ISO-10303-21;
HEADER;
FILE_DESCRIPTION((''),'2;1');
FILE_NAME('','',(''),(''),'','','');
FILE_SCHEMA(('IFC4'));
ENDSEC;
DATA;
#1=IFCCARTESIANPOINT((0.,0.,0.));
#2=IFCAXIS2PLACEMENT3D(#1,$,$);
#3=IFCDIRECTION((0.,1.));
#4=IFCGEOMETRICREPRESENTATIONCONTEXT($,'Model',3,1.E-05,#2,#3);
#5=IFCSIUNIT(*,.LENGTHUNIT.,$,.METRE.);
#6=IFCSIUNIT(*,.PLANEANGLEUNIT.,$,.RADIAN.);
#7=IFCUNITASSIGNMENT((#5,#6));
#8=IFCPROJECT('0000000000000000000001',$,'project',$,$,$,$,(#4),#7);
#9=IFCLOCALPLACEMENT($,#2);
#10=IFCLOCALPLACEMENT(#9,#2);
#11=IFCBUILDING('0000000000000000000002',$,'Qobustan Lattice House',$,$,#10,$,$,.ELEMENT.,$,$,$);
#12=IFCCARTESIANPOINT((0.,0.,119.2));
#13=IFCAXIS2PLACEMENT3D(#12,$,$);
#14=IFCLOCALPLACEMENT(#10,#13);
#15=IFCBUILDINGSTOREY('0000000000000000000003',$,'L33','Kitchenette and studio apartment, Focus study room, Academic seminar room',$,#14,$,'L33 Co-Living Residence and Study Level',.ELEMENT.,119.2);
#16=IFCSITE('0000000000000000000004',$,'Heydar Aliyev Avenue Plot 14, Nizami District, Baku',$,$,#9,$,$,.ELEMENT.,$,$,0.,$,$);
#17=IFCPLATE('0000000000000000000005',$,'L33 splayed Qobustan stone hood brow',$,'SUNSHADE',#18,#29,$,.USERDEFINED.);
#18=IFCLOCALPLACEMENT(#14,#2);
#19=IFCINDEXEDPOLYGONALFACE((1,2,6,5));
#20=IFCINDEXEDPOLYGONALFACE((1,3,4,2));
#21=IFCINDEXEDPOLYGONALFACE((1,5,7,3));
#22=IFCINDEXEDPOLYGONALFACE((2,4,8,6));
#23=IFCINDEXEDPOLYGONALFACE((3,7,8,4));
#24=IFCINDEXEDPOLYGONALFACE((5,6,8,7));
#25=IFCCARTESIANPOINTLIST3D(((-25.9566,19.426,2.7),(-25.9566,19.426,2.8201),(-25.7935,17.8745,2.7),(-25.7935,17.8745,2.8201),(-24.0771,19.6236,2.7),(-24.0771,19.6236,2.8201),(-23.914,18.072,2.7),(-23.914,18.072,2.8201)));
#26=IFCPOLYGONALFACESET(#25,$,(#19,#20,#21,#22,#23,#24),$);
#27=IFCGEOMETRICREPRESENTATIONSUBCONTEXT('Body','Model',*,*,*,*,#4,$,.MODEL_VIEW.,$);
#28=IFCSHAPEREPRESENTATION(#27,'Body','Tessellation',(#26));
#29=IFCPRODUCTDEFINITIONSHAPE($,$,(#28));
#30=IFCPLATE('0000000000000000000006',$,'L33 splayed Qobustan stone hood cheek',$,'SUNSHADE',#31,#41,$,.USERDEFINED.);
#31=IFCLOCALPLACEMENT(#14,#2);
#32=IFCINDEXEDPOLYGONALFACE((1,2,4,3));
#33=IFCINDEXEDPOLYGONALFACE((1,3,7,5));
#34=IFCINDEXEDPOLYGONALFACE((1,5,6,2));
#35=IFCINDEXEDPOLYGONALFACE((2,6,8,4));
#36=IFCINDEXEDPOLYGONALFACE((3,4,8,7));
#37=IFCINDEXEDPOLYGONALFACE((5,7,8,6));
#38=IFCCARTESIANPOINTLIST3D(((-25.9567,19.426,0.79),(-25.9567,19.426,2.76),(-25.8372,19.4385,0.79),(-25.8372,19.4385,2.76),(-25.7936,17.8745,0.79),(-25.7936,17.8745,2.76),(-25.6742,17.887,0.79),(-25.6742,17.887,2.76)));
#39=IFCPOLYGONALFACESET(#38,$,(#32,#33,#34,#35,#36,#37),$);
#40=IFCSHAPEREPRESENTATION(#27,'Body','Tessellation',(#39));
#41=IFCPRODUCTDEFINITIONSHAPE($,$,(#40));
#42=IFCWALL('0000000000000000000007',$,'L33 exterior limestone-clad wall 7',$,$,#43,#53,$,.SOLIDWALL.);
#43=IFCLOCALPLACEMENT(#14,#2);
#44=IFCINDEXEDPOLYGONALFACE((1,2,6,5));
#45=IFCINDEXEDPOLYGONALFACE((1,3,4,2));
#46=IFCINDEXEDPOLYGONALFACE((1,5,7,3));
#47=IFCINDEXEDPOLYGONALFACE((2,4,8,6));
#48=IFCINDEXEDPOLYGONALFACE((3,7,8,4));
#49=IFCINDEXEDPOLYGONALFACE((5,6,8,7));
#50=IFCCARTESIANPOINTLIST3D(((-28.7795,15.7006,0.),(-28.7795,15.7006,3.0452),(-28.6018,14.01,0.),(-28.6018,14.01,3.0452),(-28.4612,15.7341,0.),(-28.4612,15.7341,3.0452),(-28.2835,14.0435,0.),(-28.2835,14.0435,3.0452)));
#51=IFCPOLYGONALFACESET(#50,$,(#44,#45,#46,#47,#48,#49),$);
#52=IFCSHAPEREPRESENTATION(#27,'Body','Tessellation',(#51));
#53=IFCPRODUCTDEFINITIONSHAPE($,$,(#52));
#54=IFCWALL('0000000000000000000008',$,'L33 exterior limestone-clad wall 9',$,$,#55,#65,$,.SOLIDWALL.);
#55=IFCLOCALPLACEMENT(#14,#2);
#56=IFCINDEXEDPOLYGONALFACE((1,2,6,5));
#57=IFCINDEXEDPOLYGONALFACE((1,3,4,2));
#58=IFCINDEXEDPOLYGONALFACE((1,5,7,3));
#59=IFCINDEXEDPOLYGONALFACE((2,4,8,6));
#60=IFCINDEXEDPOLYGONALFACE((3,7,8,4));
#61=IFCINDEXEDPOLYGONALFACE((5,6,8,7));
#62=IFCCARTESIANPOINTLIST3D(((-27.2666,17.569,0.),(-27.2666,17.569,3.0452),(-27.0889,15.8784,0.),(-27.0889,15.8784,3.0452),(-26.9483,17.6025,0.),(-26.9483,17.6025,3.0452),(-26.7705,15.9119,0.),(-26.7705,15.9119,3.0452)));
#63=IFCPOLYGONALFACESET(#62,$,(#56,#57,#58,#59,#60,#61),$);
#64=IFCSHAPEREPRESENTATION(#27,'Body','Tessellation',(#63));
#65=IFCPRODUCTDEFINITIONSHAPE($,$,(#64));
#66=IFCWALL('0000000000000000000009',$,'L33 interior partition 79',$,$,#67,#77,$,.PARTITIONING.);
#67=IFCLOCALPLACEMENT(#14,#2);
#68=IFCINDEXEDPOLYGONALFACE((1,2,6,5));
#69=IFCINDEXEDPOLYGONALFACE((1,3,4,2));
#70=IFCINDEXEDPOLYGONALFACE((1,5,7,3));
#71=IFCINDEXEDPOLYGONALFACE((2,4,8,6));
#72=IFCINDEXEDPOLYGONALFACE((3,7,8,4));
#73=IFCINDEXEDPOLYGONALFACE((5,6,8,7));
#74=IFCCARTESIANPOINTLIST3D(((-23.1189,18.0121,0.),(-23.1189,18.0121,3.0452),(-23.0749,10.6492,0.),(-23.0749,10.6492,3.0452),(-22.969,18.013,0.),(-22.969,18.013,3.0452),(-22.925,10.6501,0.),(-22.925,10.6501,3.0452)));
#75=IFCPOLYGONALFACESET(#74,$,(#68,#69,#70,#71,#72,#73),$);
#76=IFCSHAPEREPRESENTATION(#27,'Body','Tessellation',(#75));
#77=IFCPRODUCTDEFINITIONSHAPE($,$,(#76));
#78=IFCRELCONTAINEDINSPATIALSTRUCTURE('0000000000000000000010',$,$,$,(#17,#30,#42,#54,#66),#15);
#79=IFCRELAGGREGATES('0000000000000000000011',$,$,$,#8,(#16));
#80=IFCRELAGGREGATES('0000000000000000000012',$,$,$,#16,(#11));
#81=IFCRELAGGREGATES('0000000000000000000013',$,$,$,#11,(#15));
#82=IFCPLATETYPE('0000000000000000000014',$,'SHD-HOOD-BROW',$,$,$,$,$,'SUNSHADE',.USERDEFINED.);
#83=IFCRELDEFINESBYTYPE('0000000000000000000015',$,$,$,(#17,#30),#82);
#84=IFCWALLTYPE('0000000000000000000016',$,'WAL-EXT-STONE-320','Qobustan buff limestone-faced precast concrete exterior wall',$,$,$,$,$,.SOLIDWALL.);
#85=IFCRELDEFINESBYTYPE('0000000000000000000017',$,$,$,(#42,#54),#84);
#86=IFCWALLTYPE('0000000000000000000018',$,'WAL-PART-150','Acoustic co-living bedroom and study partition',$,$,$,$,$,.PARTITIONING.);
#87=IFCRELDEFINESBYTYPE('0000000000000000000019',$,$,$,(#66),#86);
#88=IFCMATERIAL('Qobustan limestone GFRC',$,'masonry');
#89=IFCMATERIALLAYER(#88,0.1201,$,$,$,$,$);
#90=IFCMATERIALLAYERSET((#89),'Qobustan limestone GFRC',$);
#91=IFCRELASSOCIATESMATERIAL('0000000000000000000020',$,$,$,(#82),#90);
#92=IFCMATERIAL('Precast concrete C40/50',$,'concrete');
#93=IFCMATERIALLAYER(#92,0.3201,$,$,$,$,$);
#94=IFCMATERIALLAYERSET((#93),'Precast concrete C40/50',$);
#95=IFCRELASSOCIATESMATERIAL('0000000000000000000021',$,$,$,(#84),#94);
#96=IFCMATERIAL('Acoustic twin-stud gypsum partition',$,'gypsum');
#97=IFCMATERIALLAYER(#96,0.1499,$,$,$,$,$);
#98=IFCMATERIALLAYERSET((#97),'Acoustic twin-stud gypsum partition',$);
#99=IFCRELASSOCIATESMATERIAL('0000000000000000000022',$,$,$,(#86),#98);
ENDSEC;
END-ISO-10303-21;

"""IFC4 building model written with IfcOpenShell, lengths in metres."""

from ifc_helpers import new_model, si_unit, direction, frame, frame_2d, origin, origin_2d, place, context, subcontext, project, spatial, rectangle, extrude, material, layer, layer_set, type_object, element, save


model = new_model("IFC4")

# Units and contexts
model_context = context("Model", 3, precision=1e-05, world=origin(), true_north=direction((0.0, 1.0)))
body_context = subcontext(model_context, "Body", "Model", "MODEL_VIEW")
ifc_project = project(units=[si_unit("LENGTHUNIT", "METRE"), si_unit("PLANEANGLEUNIT", "RADIAN")], contexts=[model_context])

# Site, building, storey
site_placement = place(None, origin())
site = spatial("IfcSite", under=ifc_project, at=site_placement, Name="Heydar Aliyev Avenue Plot 14, Nizami District, Baku", CompositionType="ELEMENT", RefElevation=0.0)
building_placement = place(site_placement, origin())
building = spatial("IfcBuilding", under=site, at=building_placement, Name="Qobustan Lattice House", CompositionType="ELEMENT")
storey_placement = place(building_placement, frame((0.0, 0.0, 119.2)))
storey = spatial("IfcBuildingStorey", under=building, at=storey_placement, Name="L33", Description="Kitchenette and studio apartment, Focus study room, Academic seminar room", LongName="L33 Co-Living Residence and Study Level", CompositionType="ELEMENT", Elevation=119.2)

# Plates
ifc_material_1 = material(Name="Qobustan limestone GFRC", Category="masonry")
ifc_layer_1 = layer(ifc_material_1, 0.1201)
ifc_layer_set_1 = layer_set([ifc_layer_1], Name="Qobustan limestone GFRC")
plate_type_1 = type_object("IfcPlateType", Name="SHD-HOOD-BROW", ElementType="SUNSHADE", PredefinedType="USERDEFINED", material=ifc_layer_set_1)
plate_1_placement = place(storey_placement, frame((-24.9353, 18.749, 2.7), z_axis=(0.0, 0.0, 1.0), x_axis=(0.994522, 0.104528, 0.0)))
element("IfcPlate", 1, at=plate_1_placement, inside=storey, type_object=plate_type_1, Name="L33 splayed Qobustan stone hood brow", ObjectType="SUNSHADE", PredefinedType="USERDEFINED", context=body_context, shape_type="SweptSolid", body=[
    extrude(rectangle(XDim=1.8899, YDim=1.5601, at=origin_2d()), origin(), (0.0, 0.0, 1.0), 0.1201),
])
plate_2_placement = place(storey_placement, frame((-25.8154, 18.6565, 0.79), z_axis=(0.0, 0.0, 1.0), x_axis=(0.994522, 0.104528, 0.0)))
element("IfcPlate", 2, at=plate_2_placement, inside=storey, type_object=plate_type_1, Name="L33 splayed Qobustan stone hood cheek", ObjectType="SUNSHADE", PredefinedType="USERDEFINED", context=body_context, shape_type="SweptSolid", body=[
    extrude(rectangle(XDim=0.1201, YDim=1.5601, at=origin_2d()), origin(), (0.0, 0.0, 1.0), 1.97),
])

# Walls
ifc_material_2 = material(Name="Precast concrete C40/50", Category="concrete")
ifc_layer_2 = layer(ifc_material_2, 0.3201)
ifc_layer_set_2 = layer_set([ifc_layer_2], Name="Precast concrete C40/50")
wall_type_1 = type_object("IfcWallType", Name="WAL-EXT-STONE-320", Description="Qobustan buff limestone-faced precast concrete exterior wall", PredefinedType="SOLIDWALL", material=ifc_layer_set_2)
for number, where, z_axis, x_axis, name in (
    (3, (-28.4426, 14.0266, 0.0), (0.0, 0.0, 1.0), (-0.10455, 0.99452, 0.0), "L33 exterior limestone-clad wall 7"),
    (4, (-26.9297, 15.895, 0.0), (0.0, 0.0, 1.0), (-0.10455, 0.99452, 0.0), "L33 exterior limestone-clad wall 9"),
):
    element("IfcWall", number, at=place(storey_placement, frame(where, z_axis=z_axis, x_axis=x_axis)), inside=storey, type_object=wall_type_1, Name=name, PredefinedType="SOLIDWALL", context=body_context, shape_type="SweptSolid", body=[
        extrude(rectangle(XDim=1.7, YDim=0.3201, at=frame_2d((0.8501, 0.0))), origin(), (0.0, 0.0, 1.0), 3.0452),
    ])

# Wall
ifc_material_3 = material(Name="Acoustic twin-stud gypsum partition", Category="gypsum")
ifc_layer_3 = layer(ifc_material_3, 0.1499)
ifc_layer_set_3 = layer_set([ifc_layer_3], Name="Acoustic twin-stud gypsum partition")
wall_type_2 = type_object("IfcWallType", Name="WAL-PART-150", Description="Acoustic co-living bedroom and study partition", PredefinedType="PARTITIONING", material=ifc_layer_set_3)
wall_1_placement = place(storey_placement, frame((-23.0439, 18.0127, 0.0), z_axis=(0.0, 0.0, 1.0), x_axis=(0.005968, -0.999982, 0.0)))
element("IfcWall", 5, at=wall_1_placement, inside=storey, type_object=wall_type_2, Name="L33 interior partition 79", PredefinedType="PARTITIONING", context=body_context, shape_type="SweptSolid", body=[
    extrude(rectangle(XDim=7.363, YDim=0.1499, at=frame_2d((3.6816, 0.0))), origin(), (0.0, 0.0, 1.0), 3.0452),
])

save(model, "model.ifc")
